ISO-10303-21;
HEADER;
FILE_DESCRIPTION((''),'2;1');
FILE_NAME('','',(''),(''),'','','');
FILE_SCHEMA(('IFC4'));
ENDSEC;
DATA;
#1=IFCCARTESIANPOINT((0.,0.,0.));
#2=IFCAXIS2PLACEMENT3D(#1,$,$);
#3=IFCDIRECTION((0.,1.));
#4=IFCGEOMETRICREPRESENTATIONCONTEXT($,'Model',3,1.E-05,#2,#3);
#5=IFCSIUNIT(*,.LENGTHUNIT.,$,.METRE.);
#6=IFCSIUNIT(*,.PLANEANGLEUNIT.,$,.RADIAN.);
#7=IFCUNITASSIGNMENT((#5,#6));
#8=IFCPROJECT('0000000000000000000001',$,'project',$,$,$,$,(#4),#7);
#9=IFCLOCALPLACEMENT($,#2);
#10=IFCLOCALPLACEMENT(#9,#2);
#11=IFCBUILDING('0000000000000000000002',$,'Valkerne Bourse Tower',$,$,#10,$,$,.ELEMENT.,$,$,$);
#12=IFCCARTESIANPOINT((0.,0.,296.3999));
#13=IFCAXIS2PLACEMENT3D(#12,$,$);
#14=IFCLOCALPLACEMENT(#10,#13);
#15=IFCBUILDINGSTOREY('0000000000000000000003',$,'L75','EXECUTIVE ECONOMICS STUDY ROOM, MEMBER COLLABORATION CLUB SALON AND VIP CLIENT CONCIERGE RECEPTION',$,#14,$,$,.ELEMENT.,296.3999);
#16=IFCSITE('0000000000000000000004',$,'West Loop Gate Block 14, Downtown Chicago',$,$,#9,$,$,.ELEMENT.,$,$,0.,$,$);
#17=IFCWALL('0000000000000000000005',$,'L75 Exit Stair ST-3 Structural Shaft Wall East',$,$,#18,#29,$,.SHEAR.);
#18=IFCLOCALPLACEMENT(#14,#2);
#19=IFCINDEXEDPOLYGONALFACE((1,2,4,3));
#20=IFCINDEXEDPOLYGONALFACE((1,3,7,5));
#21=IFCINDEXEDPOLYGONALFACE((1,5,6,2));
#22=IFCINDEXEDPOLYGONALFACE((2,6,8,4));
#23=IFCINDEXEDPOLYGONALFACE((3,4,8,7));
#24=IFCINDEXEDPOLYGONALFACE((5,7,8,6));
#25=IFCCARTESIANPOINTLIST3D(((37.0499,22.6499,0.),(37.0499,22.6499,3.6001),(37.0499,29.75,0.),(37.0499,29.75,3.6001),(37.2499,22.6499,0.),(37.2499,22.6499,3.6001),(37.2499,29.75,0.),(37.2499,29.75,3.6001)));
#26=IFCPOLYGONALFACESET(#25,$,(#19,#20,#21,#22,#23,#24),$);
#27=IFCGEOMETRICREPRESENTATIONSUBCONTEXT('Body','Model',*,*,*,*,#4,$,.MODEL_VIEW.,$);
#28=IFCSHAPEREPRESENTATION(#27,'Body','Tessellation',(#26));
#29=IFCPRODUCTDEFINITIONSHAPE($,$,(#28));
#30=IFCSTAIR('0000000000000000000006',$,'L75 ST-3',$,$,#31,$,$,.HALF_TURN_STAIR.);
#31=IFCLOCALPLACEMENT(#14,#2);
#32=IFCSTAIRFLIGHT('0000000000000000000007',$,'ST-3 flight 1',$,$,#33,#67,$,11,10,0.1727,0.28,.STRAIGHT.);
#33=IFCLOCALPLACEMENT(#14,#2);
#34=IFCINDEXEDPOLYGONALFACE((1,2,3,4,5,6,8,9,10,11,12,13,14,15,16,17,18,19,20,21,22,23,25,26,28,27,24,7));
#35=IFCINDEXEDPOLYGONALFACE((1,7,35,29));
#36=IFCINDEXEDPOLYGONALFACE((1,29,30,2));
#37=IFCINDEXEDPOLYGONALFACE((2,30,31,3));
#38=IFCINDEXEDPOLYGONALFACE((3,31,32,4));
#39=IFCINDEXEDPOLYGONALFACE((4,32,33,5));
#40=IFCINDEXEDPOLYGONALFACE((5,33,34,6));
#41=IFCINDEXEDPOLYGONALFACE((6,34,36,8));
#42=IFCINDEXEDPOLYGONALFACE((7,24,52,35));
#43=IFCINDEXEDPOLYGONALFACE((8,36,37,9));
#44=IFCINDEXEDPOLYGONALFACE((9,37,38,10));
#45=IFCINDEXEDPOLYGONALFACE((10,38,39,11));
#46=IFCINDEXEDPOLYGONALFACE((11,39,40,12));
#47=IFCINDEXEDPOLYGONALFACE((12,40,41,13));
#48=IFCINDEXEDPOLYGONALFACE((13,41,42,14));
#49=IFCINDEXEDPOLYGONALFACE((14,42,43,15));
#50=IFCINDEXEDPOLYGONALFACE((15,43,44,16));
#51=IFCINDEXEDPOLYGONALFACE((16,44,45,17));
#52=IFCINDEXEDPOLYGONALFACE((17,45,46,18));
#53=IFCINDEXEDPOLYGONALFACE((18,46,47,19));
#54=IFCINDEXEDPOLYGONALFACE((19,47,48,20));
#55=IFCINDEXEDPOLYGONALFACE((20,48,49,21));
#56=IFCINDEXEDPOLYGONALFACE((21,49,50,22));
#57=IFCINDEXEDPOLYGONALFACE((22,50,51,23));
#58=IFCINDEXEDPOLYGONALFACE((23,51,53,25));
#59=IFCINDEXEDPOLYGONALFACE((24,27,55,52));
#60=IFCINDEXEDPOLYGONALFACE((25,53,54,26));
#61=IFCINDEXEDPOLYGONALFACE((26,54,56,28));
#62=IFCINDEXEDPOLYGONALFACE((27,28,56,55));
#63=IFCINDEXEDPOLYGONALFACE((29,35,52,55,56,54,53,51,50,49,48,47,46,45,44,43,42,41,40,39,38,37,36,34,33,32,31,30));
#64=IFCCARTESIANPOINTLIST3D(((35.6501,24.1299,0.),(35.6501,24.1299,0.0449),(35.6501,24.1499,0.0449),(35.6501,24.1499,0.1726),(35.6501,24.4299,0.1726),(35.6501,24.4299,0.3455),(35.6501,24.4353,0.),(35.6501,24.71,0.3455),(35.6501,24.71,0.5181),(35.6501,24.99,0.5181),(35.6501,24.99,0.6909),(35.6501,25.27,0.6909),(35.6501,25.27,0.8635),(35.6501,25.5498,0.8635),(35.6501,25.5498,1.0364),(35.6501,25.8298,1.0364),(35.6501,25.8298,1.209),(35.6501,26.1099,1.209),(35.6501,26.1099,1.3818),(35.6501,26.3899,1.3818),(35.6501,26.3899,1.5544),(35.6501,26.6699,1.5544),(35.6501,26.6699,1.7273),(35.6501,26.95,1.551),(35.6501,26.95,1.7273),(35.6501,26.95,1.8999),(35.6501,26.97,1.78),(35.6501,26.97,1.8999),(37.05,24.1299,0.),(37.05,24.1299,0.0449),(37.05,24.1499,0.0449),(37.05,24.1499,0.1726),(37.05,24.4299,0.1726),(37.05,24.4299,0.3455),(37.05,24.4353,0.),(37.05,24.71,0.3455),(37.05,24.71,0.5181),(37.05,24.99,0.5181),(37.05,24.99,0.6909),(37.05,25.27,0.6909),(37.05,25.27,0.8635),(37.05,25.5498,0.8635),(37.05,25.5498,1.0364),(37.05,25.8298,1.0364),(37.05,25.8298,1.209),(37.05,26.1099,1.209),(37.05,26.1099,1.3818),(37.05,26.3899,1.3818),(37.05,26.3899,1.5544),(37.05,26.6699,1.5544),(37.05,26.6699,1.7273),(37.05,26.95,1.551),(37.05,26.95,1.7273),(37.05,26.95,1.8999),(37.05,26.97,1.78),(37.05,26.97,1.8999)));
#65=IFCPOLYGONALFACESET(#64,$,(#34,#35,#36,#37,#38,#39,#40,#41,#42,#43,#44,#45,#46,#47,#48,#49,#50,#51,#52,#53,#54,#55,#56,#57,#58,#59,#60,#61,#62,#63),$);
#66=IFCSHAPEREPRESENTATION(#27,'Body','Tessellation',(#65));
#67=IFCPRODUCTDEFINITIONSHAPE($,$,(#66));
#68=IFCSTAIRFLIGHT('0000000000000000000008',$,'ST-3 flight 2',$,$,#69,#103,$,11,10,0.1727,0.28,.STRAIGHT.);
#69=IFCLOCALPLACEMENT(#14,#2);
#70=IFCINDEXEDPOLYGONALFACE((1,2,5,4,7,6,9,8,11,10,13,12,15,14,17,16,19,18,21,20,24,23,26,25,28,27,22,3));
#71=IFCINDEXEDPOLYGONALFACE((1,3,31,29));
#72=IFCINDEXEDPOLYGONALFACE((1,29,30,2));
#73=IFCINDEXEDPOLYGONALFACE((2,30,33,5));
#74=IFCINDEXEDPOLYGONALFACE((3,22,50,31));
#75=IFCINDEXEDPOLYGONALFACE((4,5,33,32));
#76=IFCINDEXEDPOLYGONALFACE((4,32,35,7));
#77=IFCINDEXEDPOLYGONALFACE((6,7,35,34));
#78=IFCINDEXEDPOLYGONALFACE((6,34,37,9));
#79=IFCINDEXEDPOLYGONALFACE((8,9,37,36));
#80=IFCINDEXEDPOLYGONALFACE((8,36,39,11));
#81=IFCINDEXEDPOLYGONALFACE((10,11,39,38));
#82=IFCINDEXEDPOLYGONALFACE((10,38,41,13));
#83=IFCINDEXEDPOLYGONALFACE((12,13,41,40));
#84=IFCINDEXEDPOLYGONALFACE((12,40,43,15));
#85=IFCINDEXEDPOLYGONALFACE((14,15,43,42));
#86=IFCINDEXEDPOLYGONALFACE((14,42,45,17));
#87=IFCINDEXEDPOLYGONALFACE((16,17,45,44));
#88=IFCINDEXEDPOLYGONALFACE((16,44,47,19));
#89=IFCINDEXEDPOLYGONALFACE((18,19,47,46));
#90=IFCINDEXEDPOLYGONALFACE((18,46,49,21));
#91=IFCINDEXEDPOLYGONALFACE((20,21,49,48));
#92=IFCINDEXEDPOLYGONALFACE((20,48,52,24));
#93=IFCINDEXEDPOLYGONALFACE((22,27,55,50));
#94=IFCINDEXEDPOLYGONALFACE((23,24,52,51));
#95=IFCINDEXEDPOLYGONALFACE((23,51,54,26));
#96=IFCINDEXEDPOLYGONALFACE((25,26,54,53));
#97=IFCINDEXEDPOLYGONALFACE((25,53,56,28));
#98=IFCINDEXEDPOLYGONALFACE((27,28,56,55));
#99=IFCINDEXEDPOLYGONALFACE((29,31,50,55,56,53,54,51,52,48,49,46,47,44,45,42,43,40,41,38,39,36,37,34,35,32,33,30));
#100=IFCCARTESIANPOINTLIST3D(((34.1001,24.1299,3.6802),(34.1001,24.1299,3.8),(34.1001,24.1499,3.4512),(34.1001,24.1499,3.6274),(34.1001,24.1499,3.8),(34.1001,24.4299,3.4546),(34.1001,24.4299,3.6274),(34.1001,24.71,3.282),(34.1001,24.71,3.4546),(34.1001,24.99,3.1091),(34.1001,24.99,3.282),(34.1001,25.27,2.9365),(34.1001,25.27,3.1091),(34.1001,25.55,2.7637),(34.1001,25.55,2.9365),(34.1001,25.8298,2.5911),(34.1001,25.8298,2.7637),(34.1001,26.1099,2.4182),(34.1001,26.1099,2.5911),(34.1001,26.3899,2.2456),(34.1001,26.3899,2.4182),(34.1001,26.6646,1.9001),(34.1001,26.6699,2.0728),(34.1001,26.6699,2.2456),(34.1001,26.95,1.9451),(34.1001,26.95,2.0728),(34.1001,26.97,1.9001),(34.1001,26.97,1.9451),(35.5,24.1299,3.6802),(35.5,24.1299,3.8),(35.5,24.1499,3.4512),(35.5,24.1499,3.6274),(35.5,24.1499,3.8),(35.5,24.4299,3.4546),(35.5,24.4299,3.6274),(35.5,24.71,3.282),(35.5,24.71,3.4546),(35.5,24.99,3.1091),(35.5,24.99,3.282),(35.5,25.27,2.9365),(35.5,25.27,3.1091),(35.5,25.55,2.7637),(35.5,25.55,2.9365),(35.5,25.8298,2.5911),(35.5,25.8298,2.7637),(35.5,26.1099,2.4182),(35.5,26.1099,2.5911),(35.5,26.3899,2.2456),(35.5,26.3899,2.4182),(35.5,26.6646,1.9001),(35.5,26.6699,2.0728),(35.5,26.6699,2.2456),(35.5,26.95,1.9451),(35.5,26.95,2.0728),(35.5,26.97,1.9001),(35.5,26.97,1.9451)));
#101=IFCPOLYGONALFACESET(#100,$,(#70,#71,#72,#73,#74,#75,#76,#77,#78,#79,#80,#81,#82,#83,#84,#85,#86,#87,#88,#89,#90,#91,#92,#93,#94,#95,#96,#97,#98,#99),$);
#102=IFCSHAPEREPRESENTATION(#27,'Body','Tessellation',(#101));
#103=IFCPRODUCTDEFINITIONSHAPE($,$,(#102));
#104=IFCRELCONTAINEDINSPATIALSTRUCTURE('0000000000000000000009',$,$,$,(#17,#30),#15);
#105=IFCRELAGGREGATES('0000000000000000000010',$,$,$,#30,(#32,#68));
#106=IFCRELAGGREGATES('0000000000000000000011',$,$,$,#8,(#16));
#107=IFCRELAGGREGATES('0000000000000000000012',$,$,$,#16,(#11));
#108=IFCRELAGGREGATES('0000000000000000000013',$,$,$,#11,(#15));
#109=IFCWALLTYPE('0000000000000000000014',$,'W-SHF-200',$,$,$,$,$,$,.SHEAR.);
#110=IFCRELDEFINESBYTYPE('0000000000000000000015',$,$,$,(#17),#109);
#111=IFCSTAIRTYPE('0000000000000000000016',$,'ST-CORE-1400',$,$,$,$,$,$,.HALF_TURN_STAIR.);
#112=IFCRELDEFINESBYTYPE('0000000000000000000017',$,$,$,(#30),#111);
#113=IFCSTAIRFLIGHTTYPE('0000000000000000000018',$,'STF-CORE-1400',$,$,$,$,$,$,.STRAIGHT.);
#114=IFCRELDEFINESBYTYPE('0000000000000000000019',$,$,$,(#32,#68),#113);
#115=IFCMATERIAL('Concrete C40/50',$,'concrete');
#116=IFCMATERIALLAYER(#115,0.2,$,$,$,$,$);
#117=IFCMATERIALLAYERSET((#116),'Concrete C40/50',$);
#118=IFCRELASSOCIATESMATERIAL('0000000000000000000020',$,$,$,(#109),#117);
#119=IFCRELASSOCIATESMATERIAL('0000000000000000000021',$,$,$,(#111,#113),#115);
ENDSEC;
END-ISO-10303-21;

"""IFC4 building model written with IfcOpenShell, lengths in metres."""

from ifc_helpers import new_model, si_unit, direction, frame, frame_2d, origin, place, context, subcontext, project, spatial, polyline, rectangle, outline, extrude, material, layer, layer_set, type_object, element, aggregate, save


model = new_model("IFC4")

# Units and contexts
model_context = context("Model", 3, precision=1e-05, world=origin(), true_north=direction((0.0, 1.0)))
body_context = subcontext(model_context, "Body", "Model", "MODEL_VIEW")
ifc_project = project(units=[si_unit("LENGTHUNIT", "METRE"), si_unit("PLANEANGLEUNIT", "RADIAN")], contexts=[model_context])

# Site, building, storey
site_placement = place(None, origin())
site = spatial("IfcSite", under=ifc_project, at=site_placement, Name="West Loop Gate Block 14, Downtown Chicago", CompositionType="ELEMENT", RefElevation=0.0)
building_placement = place(site_placement, origin())
building = spatial("IfcBuilding", under=site, at=building_placement, Name="Valkerne Bourse Tower", CompositionType="ELEMENT")
storey_placement = place(building_placement, frame((0.0, 0.0, 296.3999)))
storey = spatial("IfcBuildingStorey", under=building, at=storey_placement, Name="L75", Description="EXECUTIVE ECONOMICS STUDY ROOM, MEMBER COLLABORATION CLUB SALON AND VIP CLIENT CONCIERGE RECEPTION", CompositionType="ELEMENT", Elevation=296.3999)

# Wall
ifc_material_1 = material(Name="Concrete C40/50", Category="concrete")
ifc_layer_1 = layer(ifc_material_1, 0.2)
ifc_layer_set_1 = layer_set([ifc_layer_1], Name="Concrete C40/50")
wall_type_1 = type_object("IfcWallType", Name="W-SHF-200", PredefinedType="SHEAR", material=ifc_layer_set_1)
wall_1_placement = place(storey_placement, frame((37.1499, 22.6499, 0.0), z_axis=(0.0, 0.0, 1.0), x_axis=(0.0, 1.0, 0.0)))
element("IfcWall", 1, at=wall_1_placement, inside=storey, type_object=wall_type_1, Name="L75 Exit Stair ST-3 Structural Shaft Wall East", PredefinedType="SHEAR", context=body_context, shape_type="SweptSolid", body=[
    extrude(rectangle(XDim=7.1001, YDim=0.2, at=frame_2d((3.55, 0.0))), origin(), (0.0, 0.0, 1.0), 3.6001),
])

# Stair, stair flights
stair_type = type_object("IfcStairType", Name="ST-CORE-1400", PredefinedType="HALF_TURN_STAIR", material=ifc_material_1)
stair_placement = place(storey_placement, origin())
stair = element("IfcStair", 2, at=stair_placement, inside=storey, type_object=stair_type, Name="L75 ST-3", PredefinedType="HALF_TURN_STAIR")
stair_flight_type = type_object("IfcStairFlightType", Name="STF-CORE-1400", PredefinedType="STRAIGHT", material=ifc_material_1)
stair_flight_1_placement = place(storey_placement, frame((36.3501, 24.1499, 0.0), z_axis=(0.0, 0.0, 1.0), x_axis=(0.0, 1.0, 0.0)))
stair_flight_1 = element("IfcStairFlight", 3, at=stair_flight_1_placement, type_object=stair_flight_type, Name="ST-3 flight 1", NumberOfRisers=11, NumberOfTreads=10, PredefinedType="STRAIGHT", RiserHeight=0.1727, TreadLength=0.28, context=body_context, shape_type="SweptSolid", body=[
    extrude(outline(polyline([(-0.02, 0.0), (-0.02, 0.0449), (0.0, 0.0449), (0.0, 0.1726), (0.28, 0.1726), (0.28, 0.3455), (0.5601, 0.3455), (0.5601, 0.5181), (0.8401, 0.5181), (0.8401, 0.6909), (1.1201, 0.6909), (1.1201, 0.8635), (1.3999, 0.8635), (1.3999, 1.0364), (1.6799, 1.0364), (1.6799, 1.209), (1.96, 1.209), (1.96, 1.3818), (2.24, 1.3818), (2.24, 1.5544), (2.52, 1.5544), (2.52, 1.7273), (2.8, 1.7273), (2.8, 1.8999), (2.8201, 1.8999), (2.8201, 1.78), (2.8, 1.551), (0.2854, 0.0), (-0.02, 0.0)])), frame((0.0, 0.7, 0.0), z_axis=(0.0, -1.0, 0.0), x_axis=(1.0, 0.0, 0.0)), (0.0, 0.0, 1.0), 1.3999),
])
stair_flight_2_placement = place(storey_placement, frame((34.8, 26.95, 1.9001), z_axis=(0.0, 0.0, 1.0), x_axis=(0.0, -1.0, 0.0)))
stair_flight_2 = element("IfcStairFlight", 4, at=stair_flight_2_placement, type_object=stair_flight_type, Name="ST-3 flight 2", NumberOfRisers=11, NumberOfTreads=10, PredefinedType="STRAIGHT", RiserHeight=0.1727, TreadLength=0.28, context=body_context, shape_type="SweptSolid", body=[
    extrude(outline(polyline([(-0.02, 0.0), (-0.02, 0.0449), (0.0, 0.0449), (0.0, 0.1726), (0.28, 0.1726), (0.28, 0.3455), (0.5601, 0.3455), (0.5601, 0.5181), (0.8401, 0.5181), (0.8401, 0.6909), (1.1201, 0.6909), (1.1201, 0.8635), (1.3999, 0.8635), (1.3999, 1.0364), (1.6799, 1.0364), (1.6799, 1.209), (1.96, 1.209), (1.96, 1.3818), (2.24, 1.3818), (2.24, 1.5544), (2.52, 1.5544), (2.52, 1.7273), (2.8, 1.7273), (2.8, 1.8999), (2.8201, 1.8999), (2.8201, 1.78), (2.8, 1.551), (0.2854, 0.0), (-0.02, 0.0)])), frame((0.0, 0.7, 0.0), z_axis=(0.0, -1.0, 0.0), x_axis=(1.0, 0.0, 0.0)), (0.0, 0.0, 1.0), 1.3999),
])
aggregate(stair, [stair_flight_1, stair_flight_2])

save(model, "model.ifc")
